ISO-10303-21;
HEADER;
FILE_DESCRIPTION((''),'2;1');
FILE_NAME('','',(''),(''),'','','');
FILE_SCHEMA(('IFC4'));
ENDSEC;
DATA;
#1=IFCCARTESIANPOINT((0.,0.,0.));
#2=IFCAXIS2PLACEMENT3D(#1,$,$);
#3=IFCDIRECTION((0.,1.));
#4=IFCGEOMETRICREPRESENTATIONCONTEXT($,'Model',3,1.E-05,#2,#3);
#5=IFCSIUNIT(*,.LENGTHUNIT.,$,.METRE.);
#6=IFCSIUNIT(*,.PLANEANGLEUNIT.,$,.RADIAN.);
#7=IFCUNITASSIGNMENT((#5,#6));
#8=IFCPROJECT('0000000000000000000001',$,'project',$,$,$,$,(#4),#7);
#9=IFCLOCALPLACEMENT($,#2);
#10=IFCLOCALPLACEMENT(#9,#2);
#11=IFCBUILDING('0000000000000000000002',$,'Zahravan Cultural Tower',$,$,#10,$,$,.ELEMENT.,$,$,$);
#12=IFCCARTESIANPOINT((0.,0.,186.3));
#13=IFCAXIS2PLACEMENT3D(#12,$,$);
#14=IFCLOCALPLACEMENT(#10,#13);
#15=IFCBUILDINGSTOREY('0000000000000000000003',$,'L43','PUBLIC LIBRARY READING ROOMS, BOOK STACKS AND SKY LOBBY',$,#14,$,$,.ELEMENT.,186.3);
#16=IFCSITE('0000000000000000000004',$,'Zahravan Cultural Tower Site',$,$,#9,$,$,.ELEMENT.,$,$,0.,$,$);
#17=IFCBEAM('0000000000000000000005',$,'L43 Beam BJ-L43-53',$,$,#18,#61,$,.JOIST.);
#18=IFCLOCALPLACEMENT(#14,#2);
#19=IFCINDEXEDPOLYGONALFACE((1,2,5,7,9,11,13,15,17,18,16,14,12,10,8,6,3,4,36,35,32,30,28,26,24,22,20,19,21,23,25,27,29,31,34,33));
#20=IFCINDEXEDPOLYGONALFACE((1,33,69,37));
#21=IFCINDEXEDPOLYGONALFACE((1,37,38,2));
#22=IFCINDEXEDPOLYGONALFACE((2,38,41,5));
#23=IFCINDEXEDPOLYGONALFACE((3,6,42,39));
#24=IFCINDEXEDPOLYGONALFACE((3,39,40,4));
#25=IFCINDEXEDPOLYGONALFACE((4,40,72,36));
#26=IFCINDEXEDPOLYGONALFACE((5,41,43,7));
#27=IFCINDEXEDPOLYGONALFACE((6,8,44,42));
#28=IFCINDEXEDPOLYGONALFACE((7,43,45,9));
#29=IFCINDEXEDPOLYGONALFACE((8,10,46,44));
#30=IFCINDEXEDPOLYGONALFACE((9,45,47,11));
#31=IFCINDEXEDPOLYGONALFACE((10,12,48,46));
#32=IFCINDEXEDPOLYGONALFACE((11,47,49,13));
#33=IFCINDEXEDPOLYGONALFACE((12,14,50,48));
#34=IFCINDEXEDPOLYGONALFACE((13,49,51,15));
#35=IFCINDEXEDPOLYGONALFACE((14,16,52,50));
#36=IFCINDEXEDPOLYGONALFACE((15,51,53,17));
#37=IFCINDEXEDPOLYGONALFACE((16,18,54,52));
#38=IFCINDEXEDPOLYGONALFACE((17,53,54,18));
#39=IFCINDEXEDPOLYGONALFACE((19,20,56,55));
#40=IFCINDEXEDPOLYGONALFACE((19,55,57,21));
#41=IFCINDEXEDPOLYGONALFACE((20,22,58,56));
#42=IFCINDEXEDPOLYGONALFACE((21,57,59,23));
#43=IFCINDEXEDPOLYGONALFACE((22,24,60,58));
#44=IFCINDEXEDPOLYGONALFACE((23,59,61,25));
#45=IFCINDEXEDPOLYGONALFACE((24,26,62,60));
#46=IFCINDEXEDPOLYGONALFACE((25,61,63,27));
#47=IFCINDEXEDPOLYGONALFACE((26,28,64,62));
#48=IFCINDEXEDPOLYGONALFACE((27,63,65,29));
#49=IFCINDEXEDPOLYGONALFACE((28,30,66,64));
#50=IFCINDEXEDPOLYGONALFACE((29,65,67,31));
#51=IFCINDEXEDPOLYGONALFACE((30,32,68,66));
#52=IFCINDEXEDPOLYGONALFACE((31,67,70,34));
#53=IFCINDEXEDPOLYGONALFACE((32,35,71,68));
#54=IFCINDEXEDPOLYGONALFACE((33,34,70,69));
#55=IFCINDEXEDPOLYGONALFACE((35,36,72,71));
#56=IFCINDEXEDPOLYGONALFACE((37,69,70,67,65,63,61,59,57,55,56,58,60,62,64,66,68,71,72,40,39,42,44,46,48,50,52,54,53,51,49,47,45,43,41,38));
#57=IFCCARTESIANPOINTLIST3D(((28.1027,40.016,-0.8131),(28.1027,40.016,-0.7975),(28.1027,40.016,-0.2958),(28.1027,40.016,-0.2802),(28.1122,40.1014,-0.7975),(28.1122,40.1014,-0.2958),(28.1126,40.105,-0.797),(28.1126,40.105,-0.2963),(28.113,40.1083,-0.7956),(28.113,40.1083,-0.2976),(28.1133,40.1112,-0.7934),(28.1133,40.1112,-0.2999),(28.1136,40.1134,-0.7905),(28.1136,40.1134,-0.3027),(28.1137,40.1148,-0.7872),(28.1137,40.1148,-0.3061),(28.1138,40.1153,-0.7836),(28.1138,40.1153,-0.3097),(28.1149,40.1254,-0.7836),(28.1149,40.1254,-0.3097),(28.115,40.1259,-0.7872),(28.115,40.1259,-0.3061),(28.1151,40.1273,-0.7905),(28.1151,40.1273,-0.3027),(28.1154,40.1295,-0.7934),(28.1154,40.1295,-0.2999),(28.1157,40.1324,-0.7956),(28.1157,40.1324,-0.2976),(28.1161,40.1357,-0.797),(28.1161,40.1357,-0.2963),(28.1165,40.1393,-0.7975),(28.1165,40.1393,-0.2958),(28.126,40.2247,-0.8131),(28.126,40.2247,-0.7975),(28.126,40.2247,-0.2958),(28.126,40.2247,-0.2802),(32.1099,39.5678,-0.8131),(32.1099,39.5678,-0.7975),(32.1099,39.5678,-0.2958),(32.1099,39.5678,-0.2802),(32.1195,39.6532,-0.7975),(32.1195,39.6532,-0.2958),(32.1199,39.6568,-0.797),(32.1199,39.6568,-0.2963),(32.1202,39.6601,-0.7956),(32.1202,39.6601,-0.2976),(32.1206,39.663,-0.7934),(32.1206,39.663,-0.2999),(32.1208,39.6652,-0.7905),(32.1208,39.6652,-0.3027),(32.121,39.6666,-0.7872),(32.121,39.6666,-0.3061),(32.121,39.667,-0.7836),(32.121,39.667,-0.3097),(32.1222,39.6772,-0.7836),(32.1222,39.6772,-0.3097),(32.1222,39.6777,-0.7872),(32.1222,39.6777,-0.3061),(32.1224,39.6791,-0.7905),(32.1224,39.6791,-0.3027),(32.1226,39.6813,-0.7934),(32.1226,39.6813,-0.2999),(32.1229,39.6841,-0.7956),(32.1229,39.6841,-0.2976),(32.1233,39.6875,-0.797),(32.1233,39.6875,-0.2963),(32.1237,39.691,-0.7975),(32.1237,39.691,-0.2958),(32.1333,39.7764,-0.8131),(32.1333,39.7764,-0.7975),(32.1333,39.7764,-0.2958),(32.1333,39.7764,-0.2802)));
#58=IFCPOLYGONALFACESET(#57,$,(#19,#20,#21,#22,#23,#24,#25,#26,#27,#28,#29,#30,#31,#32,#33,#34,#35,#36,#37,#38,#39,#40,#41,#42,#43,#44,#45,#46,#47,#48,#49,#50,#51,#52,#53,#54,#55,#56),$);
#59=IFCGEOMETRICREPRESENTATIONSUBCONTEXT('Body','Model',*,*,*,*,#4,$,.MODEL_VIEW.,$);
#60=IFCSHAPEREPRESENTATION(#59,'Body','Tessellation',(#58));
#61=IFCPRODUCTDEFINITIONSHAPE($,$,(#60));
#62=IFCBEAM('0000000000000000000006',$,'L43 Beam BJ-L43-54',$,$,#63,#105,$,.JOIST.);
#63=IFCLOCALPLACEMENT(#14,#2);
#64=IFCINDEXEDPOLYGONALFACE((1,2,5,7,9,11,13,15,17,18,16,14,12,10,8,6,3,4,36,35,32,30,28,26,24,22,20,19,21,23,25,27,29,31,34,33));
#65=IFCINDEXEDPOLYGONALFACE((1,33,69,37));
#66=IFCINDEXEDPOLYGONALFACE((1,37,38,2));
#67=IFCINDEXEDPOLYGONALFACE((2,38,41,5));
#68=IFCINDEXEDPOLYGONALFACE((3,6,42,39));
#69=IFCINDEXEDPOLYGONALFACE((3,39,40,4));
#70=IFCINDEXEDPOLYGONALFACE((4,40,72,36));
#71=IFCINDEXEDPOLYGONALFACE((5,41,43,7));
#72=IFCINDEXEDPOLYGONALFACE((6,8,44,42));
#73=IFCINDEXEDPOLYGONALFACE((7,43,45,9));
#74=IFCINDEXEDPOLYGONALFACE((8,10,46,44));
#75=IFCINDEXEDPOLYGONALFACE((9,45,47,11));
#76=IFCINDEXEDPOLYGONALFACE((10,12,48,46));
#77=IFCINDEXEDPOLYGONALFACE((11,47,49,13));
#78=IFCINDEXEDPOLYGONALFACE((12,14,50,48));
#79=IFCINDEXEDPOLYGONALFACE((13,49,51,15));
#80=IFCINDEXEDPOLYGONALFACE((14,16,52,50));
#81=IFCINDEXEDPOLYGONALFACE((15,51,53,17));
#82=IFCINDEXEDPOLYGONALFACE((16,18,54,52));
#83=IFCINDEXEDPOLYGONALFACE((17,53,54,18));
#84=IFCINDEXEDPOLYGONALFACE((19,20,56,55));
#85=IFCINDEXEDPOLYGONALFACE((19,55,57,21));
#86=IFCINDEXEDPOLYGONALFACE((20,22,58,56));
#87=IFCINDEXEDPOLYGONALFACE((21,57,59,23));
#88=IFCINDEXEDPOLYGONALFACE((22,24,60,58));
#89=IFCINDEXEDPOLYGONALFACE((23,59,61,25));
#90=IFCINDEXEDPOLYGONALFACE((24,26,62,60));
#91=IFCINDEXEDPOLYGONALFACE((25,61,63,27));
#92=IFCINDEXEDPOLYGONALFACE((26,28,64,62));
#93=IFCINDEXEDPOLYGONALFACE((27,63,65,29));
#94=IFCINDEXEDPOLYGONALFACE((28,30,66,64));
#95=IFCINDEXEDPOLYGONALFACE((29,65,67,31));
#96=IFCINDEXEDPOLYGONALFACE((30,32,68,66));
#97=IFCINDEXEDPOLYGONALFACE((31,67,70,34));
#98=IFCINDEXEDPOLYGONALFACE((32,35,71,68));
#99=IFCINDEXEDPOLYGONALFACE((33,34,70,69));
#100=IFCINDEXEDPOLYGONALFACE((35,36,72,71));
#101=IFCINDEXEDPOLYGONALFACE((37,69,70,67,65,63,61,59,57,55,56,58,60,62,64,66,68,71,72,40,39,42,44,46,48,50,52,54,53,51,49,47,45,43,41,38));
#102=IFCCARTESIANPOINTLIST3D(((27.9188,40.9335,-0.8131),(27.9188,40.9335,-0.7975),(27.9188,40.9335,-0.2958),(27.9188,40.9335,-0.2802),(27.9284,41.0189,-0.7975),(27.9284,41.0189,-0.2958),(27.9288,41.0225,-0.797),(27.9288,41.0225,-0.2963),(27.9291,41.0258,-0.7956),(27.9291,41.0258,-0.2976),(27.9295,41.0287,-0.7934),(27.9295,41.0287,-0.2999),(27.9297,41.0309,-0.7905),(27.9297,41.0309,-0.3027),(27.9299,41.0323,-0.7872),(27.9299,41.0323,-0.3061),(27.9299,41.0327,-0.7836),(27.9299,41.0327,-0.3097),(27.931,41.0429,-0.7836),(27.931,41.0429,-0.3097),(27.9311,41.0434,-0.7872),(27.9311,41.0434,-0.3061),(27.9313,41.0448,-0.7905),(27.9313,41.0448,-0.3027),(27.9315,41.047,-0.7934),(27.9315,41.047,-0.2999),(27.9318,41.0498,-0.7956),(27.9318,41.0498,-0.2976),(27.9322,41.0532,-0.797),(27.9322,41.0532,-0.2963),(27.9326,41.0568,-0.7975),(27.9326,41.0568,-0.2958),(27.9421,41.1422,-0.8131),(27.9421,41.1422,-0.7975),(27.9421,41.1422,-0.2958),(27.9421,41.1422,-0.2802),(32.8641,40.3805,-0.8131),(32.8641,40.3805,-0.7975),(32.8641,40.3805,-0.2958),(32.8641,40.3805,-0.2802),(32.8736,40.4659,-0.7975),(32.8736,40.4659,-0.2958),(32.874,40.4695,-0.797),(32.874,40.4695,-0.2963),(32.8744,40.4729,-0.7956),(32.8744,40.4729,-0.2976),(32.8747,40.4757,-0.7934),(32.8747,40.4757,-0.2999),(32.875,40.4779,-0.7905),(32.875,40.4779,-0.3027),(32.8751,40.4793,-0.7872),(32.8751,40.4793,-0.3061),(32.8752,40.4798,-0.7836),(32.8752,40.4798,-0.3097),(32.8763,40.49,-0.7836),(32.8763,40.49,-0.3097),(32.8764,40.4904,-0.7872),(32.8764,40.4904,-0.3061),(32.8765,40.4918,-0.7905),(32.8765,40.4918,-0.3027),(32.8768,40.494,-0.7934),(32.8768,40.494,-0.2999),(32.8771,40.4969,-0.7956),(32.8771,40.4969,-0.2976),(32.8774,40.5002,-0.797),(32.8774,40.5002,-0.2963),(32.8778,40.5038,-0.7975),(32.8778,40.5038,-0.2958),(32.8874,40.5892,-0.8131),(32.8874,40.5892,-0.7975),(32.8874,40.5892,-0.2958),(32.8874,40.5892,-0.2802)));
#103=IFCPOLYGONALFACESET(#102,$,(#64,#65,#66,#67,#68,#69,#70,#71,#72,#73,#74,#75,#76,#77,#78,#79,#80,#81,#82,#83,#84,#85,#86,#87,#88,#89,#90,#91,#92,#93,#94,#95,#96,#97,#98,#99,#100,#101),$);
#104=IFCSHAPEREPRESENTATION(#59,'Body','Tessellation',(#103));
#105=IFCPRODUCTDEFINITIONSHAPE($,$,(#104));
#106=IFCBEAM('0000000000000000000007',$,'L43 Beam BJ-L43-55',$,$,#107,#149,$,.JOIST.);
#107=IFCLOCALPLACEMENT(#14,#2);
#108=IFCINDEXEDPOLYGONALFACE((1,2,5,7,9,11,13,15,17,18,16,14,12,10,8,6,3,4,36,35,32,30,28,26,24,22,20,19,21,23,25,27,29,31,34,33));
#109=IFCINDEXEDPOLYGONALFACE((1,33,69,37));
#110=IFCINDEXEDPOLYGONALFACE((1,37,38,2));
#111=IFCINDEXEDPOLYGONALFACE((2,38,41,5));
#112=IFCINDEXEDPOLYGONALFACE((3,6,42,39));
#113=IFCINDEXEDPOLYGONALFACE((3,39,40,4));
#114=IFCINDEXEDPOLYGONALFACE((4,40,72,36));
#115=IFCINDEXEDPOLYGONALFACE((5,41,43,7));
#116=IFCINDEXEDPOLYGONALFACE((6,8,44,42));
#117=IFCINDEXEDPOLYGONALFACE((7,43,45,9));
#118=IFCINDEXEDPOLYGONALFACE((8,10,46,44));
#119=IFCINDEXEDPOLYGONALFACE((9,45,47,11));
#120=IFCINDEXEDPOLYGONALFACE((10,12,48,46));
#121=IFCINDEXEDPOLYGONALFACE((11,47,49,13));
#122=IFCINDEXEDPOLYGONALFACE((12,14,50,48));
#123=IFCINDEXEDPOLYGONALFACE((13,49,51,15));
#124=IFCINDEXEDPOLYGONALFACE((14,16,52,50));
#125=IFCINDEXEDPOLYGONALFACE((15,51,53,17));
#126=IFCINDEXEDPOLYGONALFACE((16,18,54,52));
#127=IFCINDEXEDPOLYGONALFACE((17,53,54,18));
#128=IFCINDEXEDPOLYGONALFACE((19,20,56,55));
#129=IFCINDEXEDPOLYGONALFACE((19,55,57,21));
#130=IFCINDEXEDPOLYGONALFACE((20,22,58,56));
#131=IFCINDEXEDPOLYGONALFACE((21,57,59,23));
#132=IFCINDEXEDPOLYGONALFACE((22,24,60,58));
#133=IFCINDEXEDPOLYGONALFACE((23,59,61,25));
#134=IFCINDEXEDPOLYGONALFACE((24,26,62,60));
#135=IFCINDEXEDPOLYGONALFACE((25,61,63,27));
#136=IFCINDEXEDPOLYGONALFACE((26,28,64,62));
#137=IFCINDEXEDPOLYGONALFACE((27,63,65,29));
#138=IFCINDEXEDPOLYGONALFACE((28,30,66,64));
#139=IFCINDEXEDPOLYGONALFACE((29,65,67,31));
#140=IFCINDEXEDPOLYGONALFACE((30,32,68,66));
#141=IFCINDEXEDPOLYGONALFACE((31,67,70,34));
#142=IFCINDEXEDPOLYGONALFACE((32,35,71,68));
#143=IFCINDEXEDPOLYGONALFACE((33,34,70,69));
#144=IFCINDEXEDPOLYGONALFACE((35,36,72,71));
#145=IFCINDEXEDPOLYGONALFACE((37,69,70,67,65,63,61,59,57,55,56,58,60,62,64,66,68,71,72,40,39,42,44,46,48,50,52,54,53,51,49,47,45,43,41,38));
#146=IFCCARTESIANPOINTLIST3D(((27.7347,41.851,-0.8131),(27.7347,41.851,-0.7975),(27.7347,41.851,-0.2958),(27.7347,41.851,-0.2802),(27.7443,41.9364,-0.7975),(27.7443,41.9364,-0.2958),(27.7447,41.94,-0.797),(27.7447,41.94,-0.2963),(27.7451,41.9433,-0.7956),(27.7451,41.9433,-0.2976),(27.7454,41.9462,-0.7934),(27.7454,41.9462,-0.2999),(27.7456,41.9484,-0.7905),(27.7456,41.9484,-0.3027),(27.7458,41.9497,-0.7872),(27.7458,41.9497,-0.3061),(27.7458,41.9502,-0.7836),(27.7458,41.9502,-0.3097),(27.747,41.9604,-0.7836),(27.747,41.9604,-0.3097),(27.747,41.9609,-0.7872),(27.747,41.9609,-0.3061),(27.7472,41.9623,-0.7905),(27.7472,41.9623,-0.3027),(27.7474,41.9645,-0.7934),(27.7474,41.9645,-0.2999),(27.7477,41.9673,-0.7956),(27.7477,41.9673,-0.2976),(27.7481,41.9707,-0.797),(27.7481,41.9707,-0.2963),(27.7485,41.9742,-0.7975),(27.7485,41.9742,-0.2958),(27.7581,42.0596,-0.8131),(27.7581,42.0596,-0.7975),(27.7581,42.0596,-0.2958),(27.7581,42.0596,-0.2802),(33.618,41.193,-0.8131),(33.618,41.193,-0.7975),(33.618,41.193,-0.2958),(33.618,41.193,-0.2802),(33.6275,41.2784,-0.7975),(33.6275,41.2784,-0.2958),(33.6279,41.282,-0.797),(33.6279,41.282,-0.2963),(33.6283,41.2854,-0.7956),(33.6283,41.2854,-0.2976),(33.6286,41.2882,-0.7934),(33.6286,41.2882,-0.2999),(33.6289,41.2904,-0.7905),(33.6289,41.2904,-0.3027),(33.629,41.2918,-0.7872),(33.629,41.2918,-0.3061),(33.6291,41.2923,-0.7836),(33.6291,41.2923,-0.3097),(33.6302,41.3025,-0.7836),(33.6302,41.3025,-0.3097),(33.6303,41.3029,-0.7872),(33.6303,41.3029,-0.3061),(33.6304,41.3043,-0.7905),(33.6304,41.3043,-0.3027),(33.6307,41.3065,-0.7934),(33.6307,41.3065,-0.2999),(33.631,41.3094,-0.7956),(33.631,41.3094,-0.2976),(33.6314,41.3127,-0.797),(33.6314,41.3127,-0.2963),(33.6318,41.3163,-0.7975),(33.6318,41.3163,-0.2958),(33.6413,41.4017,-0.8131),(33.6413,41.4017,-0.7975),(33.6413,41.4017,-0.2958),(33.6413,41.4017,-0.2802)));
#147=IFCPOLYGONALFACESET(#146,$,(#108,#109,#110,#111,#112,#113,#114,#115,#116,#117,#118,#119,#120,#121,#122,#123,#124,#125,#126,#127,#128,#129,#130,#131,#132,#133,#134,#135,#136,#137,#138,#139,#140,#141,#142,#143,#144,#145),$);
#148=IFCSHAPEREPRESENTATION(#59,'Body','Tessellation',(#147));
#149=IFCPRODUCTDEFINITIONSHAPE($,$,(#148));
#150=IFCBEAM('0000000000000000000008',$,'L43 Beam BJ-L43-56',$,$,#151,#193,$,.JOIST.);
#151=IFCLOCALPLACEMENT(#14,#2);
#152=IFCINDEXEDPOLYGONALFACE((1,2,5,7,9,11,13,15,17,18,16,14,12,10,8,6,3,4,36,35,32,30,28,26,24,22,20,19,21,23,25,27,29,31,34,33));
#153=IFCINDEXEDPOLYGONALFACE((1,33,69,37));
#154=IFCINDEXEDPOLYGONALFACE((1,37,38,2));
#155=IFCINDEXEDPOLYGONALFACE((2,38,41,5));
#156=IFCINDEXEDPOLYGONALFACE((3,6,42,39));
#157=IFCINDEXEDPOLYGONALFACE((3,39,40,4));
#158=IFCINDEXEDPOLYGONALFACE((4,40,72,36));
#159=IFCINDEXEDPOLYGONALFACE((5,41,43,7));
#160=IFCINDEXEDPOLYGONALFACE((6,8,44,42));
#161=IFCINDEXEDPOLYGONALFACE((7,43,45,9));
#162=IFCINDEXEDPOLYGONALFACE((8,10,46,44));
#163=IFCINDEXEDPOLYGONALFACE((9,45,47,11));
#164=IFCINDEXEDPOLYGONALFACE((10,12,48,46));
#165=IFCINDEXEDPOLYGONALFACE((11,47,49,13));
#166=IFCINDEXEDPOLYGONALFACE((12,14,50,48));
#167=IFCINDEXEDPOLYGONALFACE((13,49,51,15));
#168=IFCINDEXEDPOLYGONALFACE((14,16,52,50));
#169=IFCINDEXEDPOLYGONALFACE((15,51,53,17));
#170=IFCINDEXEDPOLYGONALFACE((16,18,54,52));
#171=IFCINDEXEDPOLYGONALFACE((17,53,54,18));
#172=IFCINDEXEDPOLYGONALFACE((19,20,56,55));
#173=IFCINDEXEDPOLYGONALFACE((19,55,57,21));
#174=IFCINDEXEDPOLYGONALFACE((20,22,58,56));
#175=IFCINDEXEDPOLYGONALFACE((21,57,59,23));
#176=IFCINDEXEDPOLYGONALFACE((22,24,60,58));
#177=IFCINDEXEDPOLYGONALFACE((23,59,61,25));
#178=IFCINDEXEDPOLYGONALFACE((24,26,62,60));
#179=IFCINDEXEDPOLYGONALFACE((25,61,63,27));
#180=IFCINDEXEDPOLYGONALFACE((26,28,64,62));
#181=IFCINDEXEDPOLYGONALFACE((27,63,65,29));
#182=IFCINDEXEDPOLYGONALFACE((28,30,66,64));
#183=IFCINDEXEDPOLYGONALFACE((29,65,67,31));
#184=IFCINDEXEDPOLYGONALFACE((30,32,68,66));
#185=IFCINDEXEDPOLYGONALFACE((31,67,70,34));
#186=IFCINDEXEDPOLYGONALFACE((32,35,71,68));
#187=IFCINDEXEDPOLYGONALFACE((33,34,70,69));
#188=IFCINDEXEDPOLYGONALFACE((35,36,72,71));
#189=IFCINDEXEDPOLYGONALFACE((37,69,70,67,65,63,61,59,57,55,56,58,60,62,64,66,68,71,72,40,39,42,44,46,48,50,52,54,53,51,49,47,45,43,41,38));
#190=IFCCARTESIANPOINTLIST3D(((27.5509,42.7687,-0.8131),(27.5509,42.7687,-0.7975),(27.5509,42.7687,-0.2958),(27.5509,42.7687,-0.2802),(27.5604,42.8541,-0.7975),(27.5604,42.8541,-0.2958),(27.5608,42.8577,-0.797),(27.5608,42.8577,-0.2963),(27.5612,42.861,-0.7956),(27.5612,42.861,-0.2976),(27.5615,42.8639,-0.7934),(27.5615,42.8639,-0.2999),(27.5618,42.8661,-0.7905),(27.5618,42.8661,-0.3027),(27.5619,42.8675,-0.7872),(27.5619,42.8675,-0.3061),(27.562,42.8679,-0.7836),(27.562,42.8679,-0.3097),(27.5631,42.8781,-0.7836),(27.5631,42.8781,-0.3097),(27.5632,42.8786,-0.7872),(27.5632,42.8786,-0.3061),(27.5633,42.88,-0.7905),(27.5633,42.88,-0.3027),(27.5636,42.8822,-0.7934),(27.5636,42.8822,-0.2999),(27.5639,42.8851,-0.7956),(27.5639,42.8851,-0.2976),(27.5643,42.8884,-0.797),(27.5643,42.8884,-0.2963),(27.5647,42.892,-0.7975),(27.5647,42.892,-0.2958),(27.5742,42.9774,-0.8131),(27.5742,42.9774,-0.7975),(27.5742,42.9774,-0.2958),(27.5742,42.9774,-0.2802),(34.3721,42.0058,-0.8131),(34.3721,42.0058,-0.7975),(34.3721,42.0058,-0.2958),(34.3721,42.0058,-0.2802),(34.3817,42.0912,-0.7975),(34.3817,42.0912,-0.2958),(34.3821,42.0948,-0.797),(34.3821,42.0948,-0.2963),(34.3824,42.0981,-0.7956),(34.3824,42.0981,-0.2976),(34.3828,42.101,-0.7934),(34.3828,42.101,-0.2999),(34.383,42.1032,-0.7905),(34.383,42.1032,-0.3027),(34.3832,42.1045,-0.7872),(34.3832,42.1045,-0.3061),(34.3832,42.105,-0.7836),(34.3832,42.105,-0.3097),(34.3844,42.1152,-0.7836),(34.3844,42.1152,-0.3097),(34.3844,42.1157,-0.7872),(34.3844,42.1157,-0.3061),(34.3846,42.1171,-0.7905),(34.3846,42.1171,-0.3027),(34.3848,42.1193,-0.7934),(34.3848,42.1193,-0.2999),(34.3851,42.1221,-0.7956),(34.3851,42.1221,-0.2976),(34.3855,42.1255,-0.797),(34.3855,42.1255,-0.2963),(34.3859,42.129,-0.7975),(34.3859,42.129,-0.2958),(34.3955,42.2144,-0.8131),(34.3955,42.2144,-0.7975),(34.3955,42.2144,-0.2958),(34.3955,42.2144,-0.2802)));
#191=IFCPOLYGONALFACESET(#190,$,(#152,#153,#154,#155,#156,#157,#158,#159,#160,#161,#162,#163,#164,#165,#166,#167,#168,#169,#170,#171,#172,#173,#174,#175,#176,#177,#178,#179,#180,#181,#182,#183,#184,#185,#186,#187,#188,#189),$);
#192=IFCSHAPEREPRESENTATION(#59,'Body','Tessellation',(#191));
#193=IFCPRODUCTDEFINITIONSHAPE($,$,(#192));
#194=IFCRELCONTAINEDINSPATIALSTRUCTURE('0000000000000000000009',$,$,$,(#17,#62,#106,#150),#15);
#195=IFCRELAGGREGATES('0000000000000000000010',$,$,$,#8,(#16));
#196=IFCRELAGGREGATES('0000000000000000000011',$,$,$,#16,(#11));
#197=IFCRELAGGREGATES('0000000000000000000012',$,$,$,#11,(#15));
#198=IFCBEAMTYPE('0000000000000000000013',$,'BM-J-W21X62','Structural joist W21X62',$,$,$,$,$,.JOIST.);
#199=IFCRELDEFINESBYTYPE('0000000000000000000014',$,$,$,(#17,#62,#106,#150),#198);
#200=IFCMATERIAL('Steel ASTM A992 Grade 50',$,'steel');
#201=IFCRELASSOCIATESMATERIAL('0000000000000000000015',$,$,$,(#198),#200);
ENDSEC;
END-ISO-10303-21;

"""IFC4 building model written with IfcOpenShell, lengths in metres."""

from ifc_helpers import new_model, si_unit, direction, frame, origin, origin_2d, place, context, subcontext, project, spatial, i_section, extrude, source, transform, mapped, material, material_profile, profile_set, type_object, element, save


model = new_model("IFC4")

# Units and contexts
model_context = context("Model", 3, precision=1e-05, world=origin(), true_north=direction((0.0, 1.0)))
body_context = subcontext(model_context, "Body", "Model", "MODEL_VIEW")
ifc_project = project(units=[si_unit("LENGTHUNIT", "METRE"), si_unit("PLANEANGLEUNIT", "RADIAN")], contexts=[model_context])

# Site, building, storey
site_placement = place(None, origin())
site = spatial("IfcSite", under=ifc_project, at=site_placement, Name="Zahravan Cultural Tower Site", CompositionType="ELEMENT", RefElevation=0.0)
building_placement = place(site_placement, origin())
building = spatial("IfcBuilding", under=site, at=building_placement, Name="Zahravan Cultural Tower", CompositionType="ELEMENT")
storey_placement = place(building_placement, frame((0.0, 0.0, 186.3)))
storey = spatial("IfcBuildingStorey", under=building, at=storey_placement, Name="L43", Description="PUBLIC LIBRARY READING ROOMS, BOOK STACKS AND SKY LOBBY", CompositionType="ELEMENT", Elevation=186.3)

# Shared definitions
ifc_material_1 = material(Name="Steel ASTM A992 Grade 50", Category="steel")

# Beams
ifc_material_profile_1 = material_profile(ifc_material_1, i_section(OverallWidth=0.21, OverallDepth=0.533, WebThickness=0.0103, FlangeThickness=0.0156, FilletRadius=0.0139, at=origin_2d()), Name="W21X62")
ifc_profile_set_1 = profile_set([ifc_material_profile_1], Name="Steel ASTM A992 Grade 50")
beam_type_1 = type_object("IfcBeamType", Name="BM-J-W21X62", Description="Structural joist W21X62", PredefinedType="JOIST", material=ifc_profile_set_1)
shared_shape_1 = source(origin(), body_context, "Body", "SweptSolid", [
    extrude(i_section(OverallWidth=0.21, OverallDepth=0.533, WebThickness=0.0103, FlangeThickness=0.0156, FilletRadius=0.0139, at=origin_2d()), origin(), (0.0, 0.0, 1.0), 4.0322),
])
beam_1_placement = place(storey_placement, frame((32.1216, 39.6721, -0.5466), z_axis=(-0.993802, 0.111162, 0.0), x_axis=(-0.111162, -0.993802, 0.0)))
element("IfcBeam", 1, at=beam_1_placement, inside=storey, type_object=beam_type_1, Name="L43 Beam BJ-L43-53", PredefinedType="JOIST", context=body_context, shape_type="MappedRepresentation", body=[
    mapped(shared_shape_1, transform((0.0, 0.0, 0.0), x_axis=(1.0, 0.0, 0.0), y_axis=(0.0, 1.0, 0.0), z_axis=(0.0, 0.0, 1.0), scale=1.0)),
])
shared_shape_2 = source(origin(), body_context, "Body", "SweptSolid", [
    extrude(i_section(OverallWidth=0.21, OverallDepth=0.533, WebThickness=0.0103, FlangeThickness=0.0156, FilletRadius=0.0139, at=origin_2d()), origin(), (0.0, 0.0, 1.0), 4.9761),
])
beam_2_placement = place(storey_placement, frame((32.8757, 40.4849, -0.5466), z_axis=(-0.993806, 0.111126, 0.0), x_axis=(-0.111126, -0.993806, 0.0)))
element("IfcBeam", 2, at=beam_2_placement, inside=storey, type_object=beam_type_1, Name="L43 Beam BJ-L43-54", PredefinedType="JOIST", context=body_context, shape_type="MappedRepresentation", body=[
    mapped(shared_shape_2, transform((0.0, 0.0, 0.0), x_axis=(1.0, 0.0, 0.0), y_axis=(0.0, 1.0, 0.0), z_axis=(0.0, 0.0, 1.0), scale=1.0)),
])
shared_shape_3 = source(origin(), body_context, "Body", "SweptSolid", [
    extrude(i_section(OverallWidth=0.21, OverallDepth=0.533, WebThickness=0.0103, FlangeThickness=0.0156, FilletRadius=0.0139, at=origin_2d()), origin(), (0.0, 0.0, 1.0), 5.9199),
])
beam_3_placement = place(storey_placement, frame((33.6296, 41.2974, -0.5466), z_axis=(-0.993805, 0.111142, 0.0), x_axis=(-0.111142, -0.993805, 0.0)))
element("IfcBeam", 3, at=beam_3_placement, inside=storey, type_object=beam_type_1, Name="L43 Beam BJ-L43-55", PredefinedType="JOIST", context=body_context, shape_type="MappedRepresentation", body=[
    mapped(shared_shape_3, transform((0.0, 0.0, 0.0), x_axis=(1.0, 0.0, 0.0), y_axis=(0.0, 1.0, 0.0), z_axis=(0.0, 0.0, 1.0), scale=1.0)),
])
shared_shape_4 = source(origin(), body_context, "Body", "SweptSolid", [
    extrude(i_section(OverallWidth=0.21, OverallDepth=0.533, WebThickness=0.0103, FlangeThickness=0.0156, FilletRadius=0.0139, at=origin_2d()), origin(), (0.0, 0.0, 1.0), 6.8638),
])
beam_4_placement = place(storey_placement, frame((34.3838, 42.1101, -0.5466), z_axis=(-0.993803, 0.111154, 0.0), x_axis=(-0.111154, -0.993803, 0.0)))
element("IfcBeam", 4, at=beam_4_placement, inside=storey, type_object=beam_type_1, Name="L43 Beam BJ-L43-56", PredefinedType="JOIST", context=body_context, shape_type="MappedRepresentation", body=[
    mapped(shared_shape_4, transform((0.0, 0.0, 0.0), x_axis=(1.0, 0.0, 0.0), y_axis=(0.0, 1.0, 0.0), z_axis=(0.0, 0.0, 1.0), scale=1.0)),
])

save(model, "model.ifc")
